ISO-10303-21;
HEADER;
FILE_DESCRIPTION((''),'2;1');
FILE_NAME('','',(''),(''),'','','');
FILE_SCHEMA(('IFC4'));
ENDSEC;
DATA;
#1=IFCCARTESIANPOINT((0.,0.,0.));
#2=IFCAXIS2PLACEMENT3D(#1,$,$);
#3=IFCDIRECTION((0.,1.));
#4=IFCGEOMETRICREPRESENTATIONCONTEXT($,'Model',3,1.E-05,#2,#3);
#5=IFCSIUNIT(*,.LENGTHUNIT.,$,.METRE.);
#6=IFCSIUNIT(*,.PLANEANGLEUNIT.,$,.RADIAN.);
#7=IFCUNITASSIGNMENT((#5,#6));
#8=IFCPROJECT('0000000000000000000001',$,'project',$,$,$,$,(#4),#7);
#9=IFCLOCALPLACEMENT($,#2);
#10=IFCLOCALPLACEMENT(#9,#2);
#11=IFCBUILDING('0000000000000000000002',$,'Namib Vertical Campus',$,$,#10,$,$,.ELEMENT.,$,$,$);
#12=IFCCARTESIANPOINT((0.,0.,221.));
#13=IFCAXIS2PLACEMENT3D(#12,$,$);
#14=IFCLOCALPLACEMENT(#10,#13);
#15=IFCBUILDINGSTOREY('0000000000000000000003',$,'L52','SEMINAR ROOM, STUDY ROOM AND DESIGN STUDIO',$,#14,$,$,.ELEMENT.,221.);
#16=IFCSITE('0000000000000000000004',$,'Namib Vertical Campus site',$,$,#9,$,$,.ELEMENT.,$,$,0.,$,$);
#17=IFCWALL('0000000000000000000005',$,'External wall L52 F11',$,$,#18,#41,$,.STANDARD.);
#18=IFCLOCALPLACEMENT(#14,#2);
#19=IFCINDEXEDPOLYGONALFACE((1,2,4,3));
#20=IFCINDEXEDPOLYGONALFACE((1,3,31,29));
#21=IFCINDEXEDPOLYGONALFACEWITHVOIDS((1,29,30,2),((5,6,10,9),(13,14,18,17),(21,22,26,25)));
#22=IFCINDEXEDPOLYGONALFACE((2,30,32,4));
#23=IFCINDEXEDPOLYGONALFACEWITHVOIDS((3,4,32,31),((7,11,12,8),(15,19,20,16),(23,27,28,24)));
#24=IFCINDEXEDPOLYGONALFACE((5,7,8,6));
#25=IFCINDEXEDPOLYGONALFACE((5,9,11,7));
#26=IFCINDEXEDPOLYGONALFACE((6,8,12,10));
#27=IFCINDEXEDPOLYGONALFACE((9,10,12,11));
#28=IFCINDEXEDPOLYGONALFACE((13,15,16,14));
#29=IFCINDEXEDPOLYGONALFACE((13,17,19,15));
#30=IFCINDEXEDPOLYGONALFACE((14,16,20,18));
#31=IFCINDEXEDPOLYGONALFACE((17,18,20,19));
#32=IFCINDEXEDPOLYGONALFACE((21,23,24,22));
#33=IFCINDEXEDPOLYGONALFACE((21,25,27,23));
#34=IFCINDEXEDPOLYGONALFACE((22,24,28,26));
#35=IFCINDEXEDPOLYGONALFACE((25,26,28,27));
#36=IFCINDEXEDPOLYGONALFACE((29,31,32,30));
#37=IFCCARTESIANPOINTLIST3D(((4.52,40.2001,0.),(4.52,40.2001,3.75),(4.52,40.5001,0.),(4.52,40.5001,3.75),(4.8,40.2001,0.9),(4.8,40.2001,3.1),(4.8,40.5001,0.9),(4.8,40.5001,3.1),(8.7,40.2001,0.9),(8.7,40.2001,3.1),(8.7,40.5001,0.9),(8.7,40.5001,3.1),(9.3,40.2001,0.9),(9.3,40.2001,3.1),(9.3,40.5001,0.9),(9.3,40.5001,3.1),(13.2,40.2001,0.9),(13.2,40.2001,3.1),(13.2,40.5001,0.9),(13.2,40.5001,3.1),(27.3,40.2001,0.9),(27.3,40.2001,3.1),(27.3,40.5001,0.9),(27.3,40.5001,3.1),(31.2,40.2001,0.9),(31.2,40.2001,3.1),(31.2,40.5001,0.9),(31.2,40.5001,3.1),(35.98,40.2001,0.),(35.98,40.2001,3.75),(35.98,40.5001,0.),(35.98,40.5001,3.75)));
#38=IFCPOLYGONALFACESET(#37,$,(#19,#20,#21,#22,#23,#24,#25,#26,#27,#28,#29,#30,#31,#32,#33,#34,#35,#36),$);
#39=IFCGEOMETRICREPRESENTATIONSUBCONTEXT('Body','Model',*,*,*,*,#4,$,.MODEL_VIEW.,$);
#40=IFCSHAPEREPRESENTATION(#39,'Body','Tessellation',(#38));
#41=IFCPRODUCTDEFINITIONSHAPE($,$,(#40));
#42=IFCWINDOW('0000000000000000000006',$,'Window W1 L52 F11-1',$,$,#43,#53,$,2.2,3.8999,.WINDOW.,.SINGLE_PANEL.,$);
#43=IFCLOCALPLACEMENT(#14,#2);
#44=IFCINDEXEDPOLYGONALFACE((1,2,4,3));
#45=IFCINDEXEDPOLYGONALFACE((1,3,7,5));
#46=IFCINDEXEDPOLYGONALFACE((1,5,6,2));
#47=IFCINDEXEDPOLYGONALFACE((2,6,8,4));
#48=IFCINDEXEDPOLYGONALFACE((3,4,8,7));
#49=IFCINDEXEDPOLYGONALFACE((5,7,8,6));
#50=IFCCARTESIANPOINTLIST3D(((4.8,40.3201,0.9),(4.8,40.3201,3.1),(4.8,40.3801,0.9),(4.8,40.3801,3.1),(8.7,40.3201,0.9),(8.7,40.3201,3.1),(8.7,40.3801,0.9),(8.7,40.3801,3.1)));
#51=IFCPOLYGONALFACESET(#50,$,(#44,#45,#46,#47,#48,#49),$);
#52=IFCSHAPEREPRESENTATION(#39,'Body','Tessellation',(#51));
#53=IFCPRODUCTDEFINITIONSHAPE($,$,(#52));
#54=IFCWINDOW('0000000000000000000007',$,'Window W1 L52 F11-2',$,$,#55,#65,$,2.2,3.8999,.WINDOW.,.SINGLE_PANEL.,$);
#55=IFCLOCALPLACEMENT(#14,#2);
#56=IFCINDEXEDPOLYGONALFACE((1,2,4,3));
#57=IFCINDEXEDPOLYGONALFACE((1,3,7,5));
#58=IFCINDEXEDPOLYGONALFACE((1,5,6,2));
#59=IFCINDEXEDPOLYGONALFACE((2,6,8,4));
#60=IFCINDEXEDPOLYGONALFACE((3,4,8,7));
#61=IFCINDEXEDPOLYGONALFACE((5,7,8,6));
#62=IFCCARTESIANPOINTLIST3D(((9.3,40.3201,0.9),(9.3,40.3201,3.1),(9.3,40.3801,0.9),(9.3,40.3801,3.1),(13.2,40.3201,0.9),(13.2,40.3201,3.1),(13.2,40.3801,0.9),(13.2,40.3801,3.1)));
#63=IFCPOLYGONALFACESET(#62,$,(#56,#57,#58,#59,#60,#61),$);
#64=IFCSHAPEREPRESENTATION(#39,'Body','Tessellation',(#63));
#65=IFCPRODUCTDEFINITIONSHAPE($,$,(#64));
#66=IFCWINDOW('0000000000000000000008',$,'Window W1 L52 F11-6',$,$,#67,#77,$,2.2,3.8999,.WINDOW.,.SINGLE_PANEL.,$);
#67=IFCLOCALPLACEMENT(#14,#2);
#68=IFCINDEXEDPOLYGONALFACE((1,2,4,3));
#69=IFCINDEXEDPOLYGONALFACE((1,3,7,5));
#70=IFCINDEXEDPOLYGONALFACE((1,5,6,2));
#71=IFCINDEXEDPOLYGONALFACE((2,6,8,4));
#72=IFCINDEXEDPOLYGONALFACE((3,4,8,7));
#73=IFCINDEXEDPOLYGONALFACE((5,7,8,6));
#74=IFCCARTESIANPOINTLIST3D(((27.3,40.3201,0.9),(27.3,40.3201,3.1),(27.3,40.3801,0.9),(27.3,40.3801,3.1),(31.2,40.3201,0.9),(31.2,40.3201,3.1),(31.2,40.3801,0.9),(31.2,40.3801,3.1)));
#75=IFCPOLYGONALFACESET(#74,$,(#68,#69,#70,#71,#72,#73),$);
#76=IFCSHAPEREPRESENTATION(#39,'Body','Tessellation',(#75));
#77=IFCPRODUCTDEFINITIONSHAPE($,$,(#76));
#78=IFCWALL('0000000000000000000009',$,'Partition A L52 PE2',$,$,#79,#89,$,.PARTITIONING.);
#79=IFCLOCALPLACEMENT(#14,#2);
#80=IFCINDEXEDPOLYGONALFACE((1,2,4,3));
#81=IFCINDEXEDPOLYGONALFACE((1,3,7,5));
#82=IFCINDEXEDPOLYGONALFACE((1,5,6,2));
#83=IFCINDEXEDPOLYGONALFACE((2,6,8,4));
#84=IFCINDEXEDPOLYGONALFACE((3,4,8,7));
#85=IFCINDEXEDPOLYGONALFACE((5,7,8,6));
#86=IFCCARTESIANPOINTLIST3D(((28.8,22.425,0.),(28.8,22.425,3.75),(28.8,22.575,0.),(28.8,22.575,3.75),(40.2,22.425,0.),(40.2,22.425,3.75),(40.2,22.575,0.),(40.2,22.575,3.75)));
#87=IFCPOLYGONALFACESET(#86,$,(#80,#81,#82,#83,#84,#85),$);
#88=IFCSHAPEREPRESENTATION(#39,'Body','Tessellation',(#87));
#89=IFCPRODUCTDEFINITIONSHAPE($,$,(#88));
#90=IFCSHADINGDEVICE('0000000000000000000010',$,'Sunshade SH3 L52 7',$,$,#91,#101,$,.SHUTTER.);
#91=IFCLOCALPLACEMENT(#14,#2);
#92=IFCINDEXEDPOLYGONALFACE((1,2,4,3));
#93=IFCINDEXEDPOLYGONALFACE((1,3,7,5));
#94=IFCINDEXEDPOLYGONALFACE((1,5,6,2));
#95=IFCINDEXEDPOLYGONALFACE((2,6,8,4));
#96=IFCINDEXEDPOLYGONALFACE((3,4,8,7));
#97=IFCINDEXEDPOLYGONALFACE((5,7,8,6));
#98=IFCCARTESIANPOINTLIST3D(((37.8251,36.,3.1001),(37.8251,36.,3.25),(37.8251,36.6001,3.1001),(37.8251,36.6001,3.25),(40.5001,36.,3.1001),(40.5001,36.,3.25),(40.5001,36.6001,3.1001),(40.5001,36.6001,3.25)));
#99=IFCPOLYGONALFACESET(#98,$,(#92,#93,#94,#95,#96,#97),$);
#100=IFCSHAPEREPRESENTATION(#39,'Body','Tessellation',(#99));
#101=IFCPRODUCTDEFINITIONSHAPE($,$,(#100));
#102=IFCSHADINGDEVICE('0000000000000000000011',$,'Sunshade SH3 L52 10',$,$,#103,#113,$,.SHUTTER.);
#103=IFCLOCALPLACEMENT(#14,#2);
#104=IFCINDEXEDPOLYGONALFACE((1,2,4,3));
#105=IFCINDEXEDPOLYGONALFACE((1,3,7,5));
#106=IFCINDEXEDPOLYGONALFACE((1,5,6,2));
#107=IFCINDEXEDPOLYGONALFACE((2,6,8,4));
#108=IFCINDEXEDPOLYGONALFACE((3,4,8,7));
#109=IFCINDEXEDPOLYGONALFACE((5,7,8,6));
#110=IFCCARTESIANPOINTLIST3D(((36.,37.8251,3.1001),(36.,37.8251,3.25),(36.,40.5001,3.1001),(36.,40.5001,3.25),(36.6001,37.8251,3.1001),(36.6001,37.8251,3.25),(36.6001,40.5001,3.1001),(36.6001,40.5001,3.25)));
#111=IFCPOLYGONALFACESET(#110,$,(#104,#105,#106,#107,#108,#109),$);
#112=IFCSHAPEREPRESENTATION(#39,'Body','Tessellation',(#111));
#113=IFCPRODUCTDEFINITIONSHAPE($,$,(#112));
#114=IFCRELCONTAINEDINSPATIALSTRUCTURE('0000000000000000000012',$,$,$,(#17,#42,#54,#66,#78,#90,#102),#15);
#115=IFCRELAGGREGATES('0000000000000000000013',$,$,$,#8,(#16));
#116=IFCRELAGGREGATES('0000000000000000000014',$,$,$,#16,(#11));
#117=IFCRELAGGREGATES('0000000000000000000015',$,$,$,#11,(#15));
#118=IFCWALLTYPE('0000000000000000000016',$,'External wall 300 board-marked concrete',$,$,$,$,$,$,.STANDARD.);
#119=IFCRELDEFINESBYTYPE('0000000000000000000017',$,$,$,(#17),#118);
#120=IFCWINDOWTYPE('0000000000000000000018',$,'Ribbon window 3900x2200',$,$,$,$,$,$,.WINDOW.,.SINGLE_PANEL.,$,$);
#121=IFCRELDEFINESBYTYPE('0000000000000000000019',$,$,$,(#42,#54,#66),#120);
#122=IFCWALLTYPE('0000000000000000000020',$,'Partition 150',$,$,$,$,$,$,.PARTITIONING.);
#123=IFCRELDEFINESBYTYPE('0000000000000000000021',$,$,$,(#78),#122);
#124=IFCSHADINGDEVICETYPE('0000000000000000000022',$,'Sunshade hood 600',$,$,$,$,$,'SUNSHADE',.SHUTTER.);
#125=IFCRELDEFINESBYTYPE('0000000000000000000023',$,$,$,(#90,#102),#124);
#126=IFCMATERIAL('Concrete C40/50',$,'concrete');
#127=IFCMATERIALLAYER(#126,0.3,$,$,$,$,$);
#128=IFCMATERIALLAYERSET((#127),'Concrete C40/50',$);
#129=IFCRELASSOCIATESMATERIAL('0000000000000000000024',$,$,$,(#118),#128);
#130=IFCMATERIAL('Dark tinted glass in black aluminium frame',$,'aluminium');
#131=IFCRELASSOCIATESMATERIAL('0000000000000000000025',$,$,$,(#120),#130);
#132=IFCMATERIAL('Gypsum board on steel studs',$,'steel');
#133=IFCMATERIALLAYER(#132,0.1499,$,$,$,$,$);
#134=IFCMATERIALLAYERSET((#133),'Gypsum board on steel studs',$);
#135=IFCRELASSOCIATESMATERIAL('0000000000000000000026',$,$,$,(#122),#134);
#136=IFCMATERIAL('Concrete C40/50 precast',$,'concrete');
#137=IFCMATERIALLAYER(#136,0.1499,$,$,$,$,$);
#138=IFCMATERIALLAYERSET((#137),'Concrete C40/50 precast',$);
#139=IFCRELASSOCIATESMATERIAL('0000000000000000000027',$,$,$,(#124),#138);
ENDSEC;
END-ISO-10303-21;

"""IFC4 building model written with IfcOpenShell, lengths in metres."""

from ifc_helpers import new_model, si_unit, direction, frame, frame_2d, origin, origin_2d, place, context, subcontext, project, spatial, rectangle, extrude, material, layer, layer_set, type_object, element, fill, save


model = new_model("IFC4")

# Units and contexts
model_context = context("Model", 3, precision=1e-05, world=origin(), true_north=direction((0.0, 1.0)))
body_context = subcontext(model_context, "Body", "Model", "MODEL_VIEW")
ifc_project = project(units=[si_unit("LENGTHUNIT", "METRE"), si_unit("PLANEANGLEUNIT", "RADIAN")], contexts=[model_context])

# Site, building, storey
site_placement = place(None, origin())
site = spatial("IfcSite", under=ifc_project, at=site_placement, Name="Namib Vertical Campus site", CompositionType="ELEMENT", RefElevation=0.0)
building_placement = place(site_placement, origin())
building = spatial("IfcBuilding", under=site, at=building_placement, Name="Namib Vertical Campus", CompositionType="ELEMENT")
storey_placement = place(building_placement, frame((0.0, 0.0, 221.0)))
storey = spatial("IfcBuildingStorey", under=building, at=storey_placement, Name="L52", Description="SEMINAR ROOM, STUDY ROOM AND DESIGN STUDIO", CompositionType="ELEMENT", Elevation=221.0)

# Shared definitions
ifc_material_1 = material(Name="Concrete C40/50", Category="concrete")
ifc_layer_1 = layer(ifc_material_1, 0.3)
ifc_layer_set_1 = layer_set([ifc_layer_1], Name="Concrete C40/50")
wall_type_1 = type_object("IfcWallType", Name="External wall 300 board-marked concrete", PredefinedType="STANDARD", material=ifc_layer_set_1)

# Wall, openings, windows
wall_1_placement = place(storey_placement, frame((35.98, 40.3501, 0.0), z_axis=(0.0, 0.0, 1.0), x_axis=(-1.0, 0.0, 0.0)))
wall_1 = element("IfcWall", 1, at=wall_1_placement, inside=storey, type_object=wall_type_1, Name="External wall L52 F11", PredefinedType="STANDARD", context=body_context, shape_type="SweptSolid", body=[
    extrude(rectangle(XDim=31.46, YDim=0.3, at=frame_2d((15.73, 0.0))), origin(), (0.0, 0.0, 1.0), 3.75),
])
opening_1_placement = place(wall_1_placement, frame((27.28, 0.0, 0.8999)))
opening_1 = element("IfcOpeningElement", 2, at=opening_1_placement, cuts=wall_1, PredefinedType="OPENING", context=body_context, shape_type="SweptSolid", body=[
    extrude(rectangle(XDim=3.8999, YDim=2.2, at=frame_2d((1.95, 1.1001))), frame((0.0, 0.1599, 0.0), z_axis=(0.0, -1.0, 0.0), x_axis=(1.0, 0.0, 0.0)), (0.0, 0.0, 1.0), 0.3201),
])
opening_2_placement = place(wall_1_placement, frame((22.78, 0.0, 0.8999)))
opening_2 = element("IfcOpeningElement", 3, at=opening_2_placement, cuts=wall_1, PredefinedType="OPENING", context=body_context, shape_type="SweptSolid", body=[
    extrude(rectangle(XDim=3.8999, YDim=2.2, at=frame_2d((1.95, 1.1001))), frame((0.0, 0.1599, 0.0), z_axis=(0.0, -1.0, 0.0), x_axis=(1.0, 0.0, 0.0)), (0.0, 0.0, 1.0), 0.3201),
])
opening_3_placement = place(wall_1_placement, frame((4.78, 0.0, 0.8999)))
opening_3 = element("IfcOpeningElement", 4, at=opening_3_placement, cuts=wall_1, PredefinedType="OPENING", context=body_context, shape_type="SweptSolid", body=[
    extrude(rectangle(XDim=3.8999, YDim=2.2, at=frame_2d((1.95, 1.1001))), frame((0.0, 0.1599, 0.0), z_axis=(0.0, -1.0, 0.0), x_axis=(1.0, 0.0, 0.0)), (0.0, 0.0, 1.0), 0.3201),
])
ifc_material_2 = material(Name="Dark tinted glass in black aluminium frame", Category="aluminium")
window_type = type_object("IfcWindowType", Name="Ribbon window 3900x2200", PartitioningType="SINGLE_PANEL", PredefinedType="WINDOW", material=ifc_material_2)
window_1_placement = place(opening_1_placement, origin())
window_1 = element("IfcWindow", 5, at=window_1_placement, inside=storey, type_object=window_type, Name="Window W1 L52 F11-1", OverallHeight=2.2, OverallWidth=3.8999, PartitioningType="SINGLE_PANEL", PredefinedType="WINDOW", context=body_context, shape_type="SweptSolid", body=[
    extrude(rectangle(XDim=3.8999, YDim=2.2, at=frame_2d((1.95, 1.1001))), frame((0.0, 0.03, 0.0), z_axis=(0.0, -1.0, 0.0), x_axis=(1.0, 0.0, 0.0)), (0.0, 0.0, 1.0), 0.0601),
])
fill(opening_1, window_1)
window_2_placement = place(opening_2_placement, origin())
window_2 = element("IfcWindow", 6, at=window_2_placement, inside=storey, type_object=window_type, Name="Window W1 L52 F11-2", OverallHeight=2.2, OverallWidth=3.8999, PartitioningType="SINGLE_PANEL", PredefinedType="WINDOW", context=body_context, shape_type="SweptSolid", body=[
    extrude(rectangle(XDim=3.8999, YDim=2.2, at=frame_2d((1.95, 1.1001))), frame((0.0, 0.03, 0.0), z_axis=(0.0, -1.0, 0.0), x_axis=(1.0, 0.0, 0.0)), (0.0, 0.0, 1.0), 0.0601),
])
fill(opening_2, window_2)
window_3_placement = place(opening_3_placement, origin())
window_3 = element("IfcWindow", 7, at=window_3_placement, inside=storey, type_object=window_type, Name="Window W1 L52 F11-6", OverallHeight=2.2, OverallWidth=3.8999, PartitioningType="SINGLE_PANEL", PredefinedType="WINDOW", context=body_context, shape_type="SweptSolid", body=[
    extrude(rectangle(XDim=3.8999, YDim=2.2, at=frame_2d((1.95, 1.1001))), frame((0.0, 0.03, 0.0), z_axis=(0.0, -1.0, 0.0), x_axis=(1.0, 0.0, 0.0)), (0.0, 0.0, 1.0), 0.0601),
])
fill(opening_3, window_3)

# Wall
ifc_material_3 = material(Name="Gypsum board on steel studs", Category="steel")
ifc_layer_2 = layer(ifc_material_3, 0.1499)
ifc_layer_set_2 = layer_set([ifc_layer_2], Name="Gypsum board on steel studs")
wall_type_2 = type_object("IfcWallType", Name="Partition 150", PredefinedType="PARTITIONING", material=ifc_layer_set_2)
wall_2_placement = place(storey_placement, frame((28.8, 22.5, 0.0), z_axis=(0.0, 0.0, 1.0), x_axis=(1.0, 0.0, 0.0)))
element("IfcWall", 8, at=wall_2_placement, inside=storey, type_object=wall_type_2, Name="Partition A L52 PE2", PredefinedType="PARTITIONING", context=body_context, shape_type="SweptSolid", body=[
    extrude(rectangle(XDim=11.3999, YDim=0.1499, at=frame_2d((5.7, 0.0))), origin(), (0.0, 0.0, 1.0), 3.75),
])

# Shading devices
ifc_material_4 = material(Name="Concrete C40/50 precast", Category="concrete")
ifc_layer_3 = layer(ifc_material_4, 0.1499)
ifc_layer_set_3 = layer_set([ifc_layer_3], Name="Concrete C40/50 precast")
shading_device_type = type_object("IfcShadingDeviceType", Name="Sunshade hood 600", ElementType="SUNSHADE", PredefinedType="SHUTTER", material=ifc_layer_set_3)
for number, where, z_axis, x_axis, name in (
    (9, (39.1626, 36.3, 3.1001), (0.0, 0.0, 1.0), (-1.0, 0.0, 0.0), "Sunshade SH3 L52 7"),
    (10, (36.3, 39.1626, 3.1001), (0.0, 0.0, 1.0), (0.0, 1.0, 0.0), "Sunshade SH3 L52 10"),
):
    element("IfcShadingDevice", number, at=place(storey_placement, frame(where, z_axis=z_axis, x_axis=x_axis)), inside=storey, type_object=shading_device_type, Name=name, PredefinedType="SHUTTER", context=body_context, shape_type="SweptSolid", body=[
        extrude(rectangle(XDim=2.675, YDim=0.6001, at=origin_2d()), origin(), (0.0, 0.0, 1.0), 0.1499),
    ])

save(model, "model.ifc")
